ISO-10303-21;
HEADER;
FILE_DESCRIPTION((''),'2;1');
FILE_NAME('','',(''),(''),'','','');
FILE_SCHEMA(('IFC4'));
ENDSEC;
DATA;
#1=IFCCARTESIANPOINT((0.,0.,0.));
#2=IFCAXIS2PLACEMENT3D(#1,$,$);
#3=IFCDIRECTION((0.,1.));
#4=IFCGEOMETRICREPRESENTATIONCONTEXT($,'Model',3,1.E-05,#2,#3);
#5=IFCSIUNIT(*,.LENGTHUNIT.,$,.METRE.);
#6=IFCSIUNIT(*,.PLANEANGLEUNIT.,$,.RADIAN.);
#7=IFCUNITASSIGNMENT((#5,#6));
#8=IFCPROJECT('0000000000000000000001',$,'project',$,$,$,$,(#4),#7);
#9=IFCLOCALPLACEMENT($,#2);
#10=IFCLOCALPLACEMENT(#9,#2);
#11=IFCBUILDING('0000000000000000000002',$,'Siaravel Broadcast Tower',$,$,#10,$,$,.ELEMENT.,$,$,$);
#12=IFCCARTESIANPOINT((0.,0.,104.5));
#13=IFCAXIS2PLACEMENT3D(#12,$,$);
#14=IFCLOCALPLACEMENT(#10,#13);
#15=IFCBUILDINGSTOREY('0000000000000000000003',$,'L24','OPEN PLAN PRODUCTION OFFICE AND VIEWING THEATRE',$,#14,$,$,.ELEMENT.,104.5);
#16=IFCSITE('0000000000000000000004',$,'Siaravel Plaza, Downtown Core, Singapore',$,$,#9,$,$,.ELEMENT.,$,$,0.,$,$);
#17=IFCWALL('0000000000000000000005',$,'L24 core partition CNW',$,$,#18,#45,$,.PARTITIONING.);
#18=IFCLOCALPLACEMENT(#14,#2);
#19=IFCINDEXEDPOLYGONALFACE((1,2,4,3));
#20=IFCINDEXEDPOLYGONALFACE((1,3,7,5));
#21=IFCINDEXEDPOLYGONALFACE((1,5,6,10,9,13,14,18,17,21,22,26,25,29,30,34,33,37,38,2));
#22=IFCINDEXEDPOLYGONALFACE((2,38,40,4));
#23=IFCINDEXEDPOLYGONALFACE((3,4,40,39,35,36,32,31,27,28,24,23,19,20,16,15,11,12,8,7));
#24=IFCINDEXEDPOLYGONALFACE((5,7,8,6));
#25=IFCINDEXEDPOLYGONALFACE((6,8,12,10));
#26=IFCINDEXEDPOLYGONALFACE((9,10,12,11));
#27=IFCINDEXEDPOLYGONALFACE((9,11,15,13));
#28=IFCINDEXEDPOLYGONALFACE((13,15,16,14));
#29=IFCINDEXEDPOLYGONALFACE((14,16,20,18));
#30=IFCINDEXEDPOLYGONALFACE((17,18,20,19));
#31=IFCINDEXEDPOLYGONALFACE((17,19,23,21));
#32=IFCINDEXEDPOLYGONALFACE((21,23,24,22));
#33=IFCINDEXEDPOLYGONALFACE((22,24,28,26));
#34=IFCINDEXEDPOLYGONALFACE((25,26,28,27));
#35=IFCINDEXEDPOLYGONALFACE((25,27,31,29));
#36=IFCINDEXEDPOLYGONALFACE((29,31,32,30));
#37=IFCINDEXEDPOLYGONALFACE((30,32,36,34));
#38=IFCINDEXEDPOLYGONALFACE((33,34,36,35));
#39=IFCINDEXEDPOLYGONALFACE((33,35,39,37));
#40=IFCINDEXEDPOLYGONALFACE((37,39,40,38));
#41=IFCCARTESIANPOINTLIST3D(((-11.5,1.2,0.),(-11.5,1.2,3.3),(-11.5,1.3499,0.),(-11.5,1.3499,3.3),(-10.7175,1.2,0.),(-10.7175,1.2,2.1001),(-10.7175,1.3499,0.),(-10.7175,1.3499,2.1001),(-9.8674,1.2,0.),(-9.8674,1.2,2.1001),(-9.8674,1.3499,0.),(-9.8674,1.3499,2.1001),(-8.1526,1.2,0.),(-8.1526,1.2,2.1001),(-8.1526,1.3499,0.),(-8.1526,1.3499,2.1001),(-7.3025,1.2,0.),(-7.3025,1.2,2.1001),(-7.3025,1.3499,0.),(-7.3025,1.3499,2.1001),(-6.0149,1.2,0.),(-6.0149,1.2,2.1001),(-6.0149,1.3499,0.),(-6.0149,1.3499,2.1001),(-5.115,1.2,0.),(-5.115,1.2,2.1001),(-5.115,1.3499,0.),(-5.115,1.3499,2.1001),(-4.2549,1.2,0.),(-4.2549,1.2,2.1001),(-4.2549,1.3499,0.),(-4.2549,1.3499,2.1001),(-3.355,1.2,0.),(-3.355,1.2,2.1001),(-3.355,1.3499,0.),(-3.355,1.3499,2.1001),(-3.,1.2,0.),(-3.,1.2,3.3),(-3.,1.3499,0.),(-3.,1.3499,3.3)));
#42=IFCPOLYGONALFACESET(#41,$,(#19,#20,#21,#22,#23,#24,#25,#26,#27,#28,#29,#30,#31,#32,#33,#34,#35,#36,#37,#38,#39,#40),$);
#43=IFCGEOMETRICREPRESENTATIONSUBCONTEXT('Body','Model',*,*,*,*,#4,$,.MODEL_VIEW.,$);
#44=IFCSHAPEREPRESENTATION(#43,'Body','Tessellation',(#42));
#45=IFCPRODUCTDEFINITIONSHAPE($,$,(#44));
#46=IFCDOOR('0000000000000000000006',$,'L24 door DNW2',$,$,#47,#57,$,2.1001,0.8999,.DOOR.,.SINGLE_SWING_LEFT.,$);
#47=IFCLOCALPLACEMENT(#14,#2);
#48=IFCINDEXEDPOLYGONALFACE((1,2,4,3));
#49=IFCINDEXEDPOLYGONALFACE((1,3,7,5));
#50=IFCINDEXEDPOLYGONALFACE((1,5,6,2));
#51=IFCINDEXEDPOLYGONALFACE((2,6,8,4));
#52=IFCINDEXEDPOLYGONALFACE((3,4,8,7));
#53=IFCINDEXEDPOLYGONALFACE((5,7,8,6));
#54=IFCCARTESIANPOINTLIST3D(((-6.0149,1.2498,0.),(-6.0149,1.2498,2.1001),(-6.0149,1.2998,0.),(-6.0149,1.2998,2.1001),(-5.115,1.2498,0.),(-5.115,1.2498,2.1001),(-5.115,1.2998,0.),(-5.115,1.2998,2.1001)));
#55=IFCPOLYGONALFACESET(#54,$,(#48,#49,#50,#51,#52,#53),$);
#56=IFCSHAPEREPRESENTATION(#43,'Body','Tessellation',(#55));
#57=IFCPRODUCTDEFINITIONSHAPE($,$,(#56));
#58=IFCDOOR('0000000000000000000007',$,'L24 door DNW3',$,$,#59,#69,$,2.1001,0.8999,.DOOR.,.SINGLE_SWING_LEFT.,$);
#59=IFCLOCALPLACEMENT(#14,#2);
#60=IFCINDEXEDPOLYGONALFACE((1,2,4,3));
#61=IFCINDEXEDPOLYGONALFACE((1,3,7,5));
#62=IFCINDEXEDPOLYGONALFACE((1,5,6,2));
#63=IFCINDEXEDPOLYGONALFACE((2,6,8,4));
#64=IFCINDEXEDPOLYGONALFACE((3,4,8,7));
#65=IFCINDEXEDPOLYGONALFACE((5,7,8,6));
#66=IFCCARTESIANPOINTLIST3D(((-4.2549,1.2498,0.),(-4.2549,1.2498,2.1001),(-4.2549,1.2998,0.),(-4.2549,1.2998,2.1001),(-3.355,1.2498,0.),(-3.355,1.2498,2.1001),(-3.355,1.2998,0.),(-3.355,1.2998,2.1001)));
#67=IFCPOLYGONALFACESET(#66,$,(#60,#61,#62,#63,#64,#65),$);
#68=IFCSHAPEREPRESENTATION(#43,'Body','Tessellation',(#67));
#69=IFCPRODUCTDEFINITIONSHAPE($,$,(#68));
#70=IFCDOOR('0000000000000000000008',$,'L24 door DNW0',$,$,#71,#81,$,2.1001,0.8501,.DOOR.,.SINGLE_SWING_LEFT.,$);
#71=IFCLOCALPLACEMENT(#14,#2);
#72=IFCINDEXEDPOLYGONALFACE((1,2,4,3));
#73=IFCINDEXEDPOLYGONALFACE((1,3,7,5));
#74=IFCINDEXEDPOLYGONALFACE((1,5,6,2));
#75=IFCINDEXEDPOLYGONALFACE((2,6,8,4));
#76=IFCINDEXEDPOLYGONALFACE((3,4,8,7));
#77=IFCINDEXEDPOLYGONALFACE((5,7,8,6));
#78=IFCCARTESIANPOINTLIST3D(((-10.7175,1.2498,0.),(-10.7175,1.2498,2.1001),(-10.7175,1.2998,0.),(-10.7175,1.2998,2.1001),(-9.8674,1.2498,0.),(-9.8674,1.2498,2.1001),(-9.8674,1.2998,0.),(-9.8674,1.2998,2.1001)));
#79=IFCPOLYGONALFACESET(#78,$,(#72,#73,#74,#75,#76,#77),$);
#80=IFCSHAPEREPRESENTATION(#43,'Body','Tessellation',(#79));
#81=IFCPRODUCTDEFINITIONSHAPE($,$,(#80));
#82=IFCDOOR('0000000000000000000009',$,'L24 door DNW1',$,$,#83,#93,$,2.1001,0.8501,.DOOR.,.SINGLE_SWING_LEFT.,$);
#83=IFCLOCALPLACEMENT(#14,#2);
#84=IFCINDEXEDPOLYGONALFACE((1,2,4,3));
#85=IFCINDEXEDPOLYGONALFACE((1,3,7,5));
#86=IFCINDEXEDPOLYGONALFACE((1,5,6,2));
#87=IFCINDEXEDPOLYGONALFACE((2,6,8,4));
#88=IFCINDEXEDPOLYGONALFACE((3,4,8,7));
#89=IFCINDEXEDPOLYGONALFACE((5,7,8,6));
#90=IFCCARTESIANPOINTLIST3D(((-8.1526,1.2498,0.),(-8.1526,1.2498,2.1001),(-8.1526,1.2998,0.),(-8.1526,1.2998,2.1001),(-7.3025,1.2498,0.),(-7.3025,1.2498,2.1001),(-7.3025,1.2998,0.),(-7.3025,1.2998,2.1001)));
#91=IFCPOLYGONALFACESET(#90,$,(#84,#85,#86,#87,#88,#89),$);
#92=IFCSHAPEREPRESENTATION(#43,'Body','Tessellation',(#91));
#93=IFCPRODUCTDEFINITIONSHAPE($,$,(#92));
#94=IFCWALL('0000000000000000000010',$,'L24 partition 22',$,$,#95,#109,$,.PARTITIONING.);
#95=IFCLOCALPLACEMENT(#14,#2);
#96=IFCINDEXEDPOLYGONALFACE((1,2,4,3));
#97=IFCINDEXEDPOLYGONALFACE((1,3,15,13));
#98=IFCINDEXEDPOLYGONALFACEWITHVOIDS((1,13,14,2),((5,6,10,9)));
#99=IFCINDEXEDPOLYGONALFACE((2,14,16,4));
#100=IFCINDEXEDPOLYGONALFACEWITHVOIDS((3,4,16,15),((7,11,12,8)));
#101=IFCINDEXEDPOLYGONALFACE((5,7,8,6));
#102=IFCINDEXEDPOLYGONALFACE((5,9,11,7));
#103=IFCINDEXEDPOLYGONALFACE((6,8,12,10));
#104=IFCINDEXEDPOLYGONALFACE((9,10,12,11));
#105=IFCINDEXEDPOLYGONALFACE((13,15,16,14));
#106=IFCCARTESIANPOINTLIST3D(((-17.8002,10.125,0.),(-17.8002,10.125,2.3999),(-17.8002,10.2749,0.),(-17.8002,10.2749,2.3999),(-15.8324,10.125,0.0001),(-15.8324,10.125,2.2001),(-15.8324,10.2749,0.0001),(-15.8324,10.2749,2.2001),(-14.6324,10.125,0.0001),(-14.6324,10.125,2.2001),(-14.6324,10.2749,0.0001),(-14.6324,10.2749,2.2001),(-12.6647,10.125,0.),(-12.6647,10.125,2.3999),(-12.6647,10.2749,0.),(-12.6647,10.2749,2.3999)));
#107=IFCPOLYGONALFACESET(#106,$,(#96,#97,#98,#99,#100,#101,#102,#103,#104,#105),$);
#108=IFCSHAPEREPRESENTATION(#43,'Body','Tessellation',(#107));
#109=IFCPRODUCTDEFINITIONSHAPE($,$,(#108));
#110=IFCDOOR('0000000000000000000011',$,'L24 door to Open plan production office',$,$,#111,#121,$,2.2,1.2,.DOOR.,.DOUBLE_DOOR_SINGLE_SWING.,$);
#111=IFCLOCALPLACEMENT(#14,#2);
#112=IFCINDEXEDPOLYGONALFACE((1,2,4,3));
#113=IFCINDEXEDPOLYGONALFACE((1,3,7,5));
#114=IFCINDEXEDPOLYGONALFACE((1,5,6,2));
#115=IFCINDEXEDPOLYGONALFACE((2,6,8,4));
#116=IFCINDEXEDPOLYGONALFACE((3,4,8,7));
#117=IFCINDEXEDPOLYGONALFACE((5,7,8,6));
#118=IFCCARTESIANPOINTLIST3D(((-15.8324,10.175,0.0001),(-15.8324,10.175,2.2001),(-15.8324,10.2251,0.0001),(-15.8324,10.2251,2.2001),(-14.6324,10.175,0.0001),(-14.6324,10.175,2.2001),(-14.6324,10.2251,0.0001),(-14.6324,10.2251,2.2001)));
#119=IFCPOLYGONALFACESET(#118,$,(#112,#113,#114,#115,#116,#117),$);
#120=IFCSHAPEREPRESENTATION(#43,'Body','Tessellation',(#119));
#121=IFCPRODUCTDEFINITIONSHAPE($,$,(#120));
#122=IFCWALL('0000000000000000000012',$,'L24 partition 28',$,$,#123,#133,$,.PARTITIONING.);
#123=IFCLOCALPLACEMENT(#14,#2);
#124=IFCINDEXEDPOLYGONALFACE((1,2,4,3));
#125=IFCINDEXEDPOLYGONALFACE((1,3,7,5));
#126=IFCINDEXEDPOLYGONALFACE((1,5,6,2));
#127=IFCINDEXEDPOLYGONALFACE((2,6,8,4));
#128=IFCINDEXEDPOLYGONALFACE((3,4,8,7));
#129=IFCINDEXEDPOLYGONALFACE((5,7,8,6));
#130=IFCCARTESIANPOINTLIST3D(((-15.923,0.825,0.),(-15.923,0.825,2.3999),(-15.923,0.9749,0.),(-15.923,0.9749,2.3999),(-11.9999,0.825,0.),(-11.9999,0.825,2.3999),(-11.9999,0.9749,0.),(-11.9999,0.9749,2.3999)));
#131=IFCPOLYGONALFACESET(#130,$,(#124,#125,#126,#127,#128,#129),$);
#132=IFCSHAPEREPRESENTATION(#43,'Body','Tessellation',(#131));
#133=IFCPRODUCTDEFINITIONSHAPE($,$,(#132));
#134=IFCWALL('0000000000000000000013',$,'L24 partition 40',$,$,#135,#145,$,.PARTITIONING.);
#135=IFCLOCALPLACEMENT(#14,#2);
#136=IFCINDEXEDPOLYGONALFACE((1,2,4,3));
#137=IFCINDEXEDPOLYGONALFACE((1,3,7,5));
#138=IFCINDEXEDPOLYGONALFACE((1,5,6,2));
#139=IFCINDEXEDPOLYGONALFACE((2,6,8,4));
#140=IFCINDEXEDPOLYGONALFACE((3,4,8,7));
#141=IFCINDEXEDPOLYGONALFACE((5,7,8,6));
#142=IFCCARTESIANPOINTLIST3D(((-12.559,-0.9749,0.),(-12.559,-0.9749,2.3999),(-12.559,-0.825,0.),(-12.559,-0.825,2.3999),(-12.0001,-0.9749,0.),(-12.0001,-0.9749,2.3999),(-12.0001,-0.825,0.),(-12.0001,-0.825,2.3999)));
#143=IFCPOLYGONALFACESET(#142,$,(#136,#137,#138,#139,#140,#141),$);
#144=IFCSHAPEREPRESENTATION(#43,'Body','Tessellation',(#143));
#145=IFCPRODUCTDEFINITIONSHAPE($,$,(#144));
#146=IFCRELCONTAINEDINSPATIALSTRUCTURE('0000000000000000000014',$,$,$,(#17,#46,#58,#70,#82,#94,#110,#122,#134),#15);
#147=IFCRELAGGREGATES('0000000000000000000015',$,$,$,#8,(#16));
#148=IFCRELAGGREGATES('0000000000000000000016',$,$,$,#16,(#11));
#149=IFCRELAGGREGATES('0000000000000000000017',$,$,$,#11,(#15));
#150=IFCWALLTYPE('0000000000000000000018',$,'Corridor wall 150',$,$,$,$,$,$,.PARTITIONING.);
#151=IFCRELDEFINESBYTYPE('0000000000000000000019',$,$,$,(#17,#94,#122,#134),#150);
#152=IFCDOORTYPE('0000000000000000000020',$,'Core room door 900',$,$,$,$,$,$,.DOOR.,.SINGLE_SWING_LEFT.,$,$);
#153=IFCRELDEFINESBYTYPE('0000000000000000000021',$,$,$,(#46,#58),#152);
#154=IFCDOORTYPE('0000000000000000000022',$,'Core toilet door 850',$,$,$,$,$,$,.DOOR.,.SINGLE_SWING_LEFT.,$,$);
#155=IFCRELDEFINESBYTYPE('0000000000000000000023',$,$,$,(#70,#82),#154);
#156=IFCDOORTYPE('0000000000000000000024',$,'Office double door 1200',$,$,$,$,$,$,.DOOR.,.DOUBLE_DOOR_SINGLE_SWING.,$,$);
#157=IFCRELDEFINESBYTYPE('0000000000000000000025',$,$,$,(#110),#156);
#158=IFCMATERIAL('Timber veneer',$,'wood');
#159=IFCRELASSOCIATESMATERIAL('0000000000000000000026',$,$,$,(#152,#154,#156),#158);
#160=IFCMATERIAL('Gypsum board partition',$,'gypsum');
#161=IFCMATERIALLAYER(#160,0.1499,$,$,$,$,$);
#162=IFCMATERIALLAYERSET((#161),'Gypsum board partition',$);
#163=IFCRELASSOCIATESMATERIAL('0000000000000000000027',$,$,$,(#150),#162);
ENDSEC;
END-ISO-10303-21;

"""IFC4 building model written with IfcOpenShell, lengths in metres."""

from ifc_helpers import new_model, si_unit, direction, frame, frame_2d, origin, place, context, subcontext, project, spatial, rectangle, extrude, material, layer, layer_set, type_object, element, fill, save


model = new_model("IFC4")

# Units and contexts
model_context = context("Model", 3, precision=1e-05, world=origin(), true_north=direction((0.0, 1.0)))
body_context = subcontext(model_context, "Body", "Model", "MODEL_VIEW")
ifc_project = project(units=[si_unit("LENGTHUNIT", "METRE"), si_unit("PLANEANGLEUNIT", "RADIAN")], contexts=[model_context])

# Site, building, storey
site_placement = place(None, origin())
site = spatial("IfcSite", under=ifc_project, at=site_placement, Name="Siaravel Plaza, Downtown Core, Singapore", CompositionType="ELEMENT", RefElevation=0.0)
building_placement = place(site_placement, origin())
building = spatial("IfcBuilding", under=site, at=building_placement, Name="Siaravel Broadcast Tower", CompositionType="ELEMENT")
storey_placement = place(building_placement, frame((0.0, 0.0, 104.5)))
storey = spatial("IfcBuildingStorey", under=building, at=storey_placement, Name="L24", Description="OPEN PLAN PRODUCTION OFFICE AND VIEWING THEATRE", CompositionType="ELEMENT", Elevation=104.5)

# Wall, openings, doors
ifc_material_1 = material(Name="Timber veneer", Category="wood")
door_type_1 = type_object("IfcDoorType", Name="Core room door 900", OperationType="SINGLE_SWING_LEFT", PredefinedType="DOOR", material=ifc_material_1)
ifc_material_2 = material(Name="Gypsum board partition", Category="gypsum")
ifc_layer_1 = layer(ifc_material_2, 0.1499)
ifc_layer_set_1 = layer_set([ifc_layer_1], Name="Gypsum board partition")
wall_type_1 = type_object("IfcWallType", Name="Corridor wall 150", PredefinedType="PARTITIONING", material=ifc_layer_set_1)
wall_1_placement = place(storey_placement, frame((-11.5, 1.2749, 0.0), z_axis=(0.0, 0.0, 1.0), x_axis=(1.0, 0.0, 0.0)))
wall_1 = element("IfcWall", 1, at=wall_1_placement, inside=storey, type_object=wall_type_1, Name="L24 core partition CNW", PredefinedType="PARTITIONING", context=body_context, shape_type="SweptSolid", body=[
    extrude(rectangle(XDim=8.5, YDim=0.1499, at=frame_2d((4.25, 0.0))), origin(), (0.0, 0.0, 1.0), 3.3),
])
opening_1_placement = place(wall_1_placement, frame((0.7825, 0.0, 0.0)))
opening_1 = element("IfcOpeningElement", 2, at=opening_1_placement, cuts=wall_1, PredefinedType="OPENING", context=body_context, shape_type="SweptSolid", body=[
    extrude(rectangle(XDim=0.8501, YDim=2.1001, at=frame_2d((0.425, 1.05))), frame((0.0, 0.085, 0.0), z_axis=(0.0, -1.0, 0.0), x_axis=(1.0, 0.0, 0.0)), (0.0, 0.0, 1.0), 0.1699),
])
opening_2_placement = place(wall_1_placement, frame((3.3474, 0.0, 0.0)))
opening_2 = element("IfcOpeningElement", 3, at=opening_2_placement, cuts=wall_1, PredefinedType="OPENING", context=body_context, shape_type="SweptSolid", body=[
    extrude(rectangle(XDim=0.8501, YDim=2.1001, at=frame_2d((0.425, 1.05))), frame((0.0, 0.085, 0.0), z_axis=(0.0, -1.0, 0.0), x_axis=(1.0, 0.0, 0.0)), (0.0, 0.0, 1.0), 0.1699),
])
opening_3_placement = place(wall_1_placement, frame((5.4851, 0.0, 0.0)))
opening_3 = element("IfcOpeningElement", 4, at=opening_3_placement, cuts=wall_1, PredefinedType="OPENING", context=body_context, shape_type="SweptSolid", body=[
    extrude(rectangle(XDim=0.8999, YDim=2.1001, at=frame_2d((0.45, 1.05))), frame((0.0, 0.085, 0.0), z_axis=(0.0, -1.0, 0.0), x_axis=(1.0, 0.0, 0.0)), (0.0, 0.0, 1.0), 0.1699),
])
opening_4_placement = place(wall_1_placement, frame((7.2451, 0.0, 0.0)))
opening_4 = element("IfcOpeningElement", 5, at=opening_4_placement, cuts=wall_1, PredefinedType="OPENING", context=body_context, shape_type="SweptSolid", body=[
    extrude(rectangle(XDim=0.8999, YDim=2.1001, at=frame_2d((0.45, 1.05))), frame((0.0, 0.085, 0.0), z_axis=(0.0, -1.0, 0.0), x_axis=(1.0, 0.0, 0.0)), (0.0, 0.0, 1.0), 0.1699),
])
door_1_placement = place(opening_3_placement, origin())
door_1 = element("IfcDoor", 6, at=door_1_placement, inside=storey, type_object=door_type_1, Name="L24 door DNW2", OperationType="SINGLE_SWING_LEFT", OverallHeight=2.1001, OverallWidth=0.8999, PredefinedType="DOOR", context=body_context, shape_type="SweptSolid", body=[
    extrude(rectangle(XDim=0.8999, YDim=2.1001, at=frame_2d((0.45, 1.05))), frame((0.0, 0.0249, 0.0), z_axis=(0.0, -1.0, 0.0), x_axis=(1.0, 0.0, 0.0)), (0.0, 0.0, 1.0), 0.05),
])
fill(opening_3, door_1)
door_2_placement = place(opening_4_placement, origin())
door_2 = element("IfcDoor", 7, at=door_2_placement, inside=storey, type_object=door_type_1, Name="L24 door DNW3", OperationType="SINGLE_SWING_LEFT", OverallHeight=2.1001, OverallWidth=0.8999, PredefinedType="DOOR", context=body_context, shape_type="SweptSolid", body=[
    extrude(rectangle(XDim=0.8999, YDim=2.1001, at=frame_2d((0.45, 1.05))), frame((0.0, 0.0249, 0.0), z_axis=(0.0, -1.0, 0.0), x_axis=(1.0, 0.0, 0.0)), (0.0, 0.0, 1.0), 0.05),
])
fill(opening_4, door_2)
door_type_2 = type_object("IfcDoorType", Name="Core toilet door 850", OperationType="SINGLE_SWING_LEFT", PredefinedType="DOOR", material=ifc_material_1)
door_3_placement = place(opening_1_placement, origin())
door_3 = element("IfcDoor", 8, at=door_3_placement, inside=storey, type_object=door_type_2, Name="L24 door DNW0", OperationType="SINGLE_SWING_LEFT", OverallHeight=2.1001, OverallWidth=0.8501, PredefinedType="DOOR", context=body_context, shape_type="SweptSolid", body=[
    extrude(rectangle(XDim=0.8501, YDim=2.1001, at=frame_2d((0.425, 1.05))), frame((0.0, 0.0249, 0.0), z_axis=(0.0, -1.0, 0.0), x_axis=(1.0, 0.0, 0.0)), (0.0, 0.0, 1.0), 0.05),
])
fill(opening_1, door_3)
door_4_placement = place(opening_2_placement, origin())
door_4 = element("IfcDoor", 9, at=door_4_placement, inside=storey, type_object=door_type_2, Name="L24 door DNW1", OperationType="SINGLE_SWING_LEFT", OverallHeight=2.1001, OverallWidth=0.8501, PredefinedType="DOOR", context=body_context, shape_type="SweptSolid", body=[
    extrude(rectangle(XDim=0.8501, YDim=2.1001, at=frame_2d((0.425, 1.05))), frame((0.0, 0.0249, 0.0), z_axis=(0.0, -1.0, 0.0), x_axis=(1.0, 0.0, 0.0)), (0.0, 0.0, 1.0), 0.05),
])
fill(opening_2, door_4)

# Wall, opening, door
wall_2_placement = place(storey_placement, frame((-12.6646, 10.2, 0.0), z_axis=(0.0, 0.0, 1.0), x_axis=(-1.0, 0.0, 0.0)))
wall_2 = element("IfcWall", 10, at=wall_2_placement, inside=storey, type_object=wall_type_1, Name="L24 partition 22", PredefinedType="PARTITIONING", context=body_context, shape_type="SweptSolid", body=[
    extrude(rectangle(XDim=5.1355, YDim=0.1499, at=frame_2d((2.5679, 0.0))), origin(), (0.0, 0.0, 1.0), 2.3999),
])
opening_5_placement = place(wall_2_placement, frame((1.9678, 0.0, 0.0)))
opening_5 = element("IfcOpeningElement", 11, at=opening_5_placement, cuts=wall_2, PredefinedType="OPENING", context=body_context, shape_type="SweptSolid", body=[
    extrude(rectangle(XDim=1.2, YDim=2.2, at=frame_2d((0.6001, 1.1001))), frame((0.0, 0.085, 0.0), z_axis=(0.0, -1.0, 0.0), x_axis=(1.0, 0.0, 0.0)), (0.0, 0.0, 1.0), 0.1699),
])
door_type_3 = type_object("IfcDoorType", Name="Office double door 1200", OperationType="DOUBLE_DOOR_SINGLE_SWING", PredefinedType="DOOR", material=ifc_material_1)
door_5_placement = place(opening_5_placement, origin())
door_5 = element("IfcDoor", 12, at=door_5_placement, inside=storey, type_object=door_type_3, Name="L24 door to Open plan production office", OperationType="DOUBLE_DOOR_SINGLE_SWING", OverallHeight=2.2, OverallWidth=1.2, PredefinedType="DOOR", context=body_context, shape_type="SweptSolid", body=[
    extrude(rectangle(XDim=1.2, YDim=2.2, at=frame_2d((0.6001, 1.1001))), frame((0.0, 0.0249, 0.0), z_axis=(0.0, -1.0, 0.0), x_axis=(1.0, 0.0, 0.0)), (0.0, 0.0, 1.0), 0.05),
])
fill(opening_5, door_5)

# Walls
wall_3_placement = place(storey_placement, frame((-12.0, 0.8999, 0.0), z_axis=(0.0, 0.0, 1.0), x_axis=(-1.0, 0.0, 0.0)))
element("IfcWall", 13, at=wall_3_placement, inside=storey, type_object=wall_type_1, Name="L24 partition 28", PredefinedType="PARTITIONING", context=body_context, shape_type="SweptSolid", body=[
    extrude(rectangle(XDim=3.9231, YDim=0.1499, at=frame_2d((1.9614, 0.0))), origin(), (0.0, 0.0, 1.0), 2.3999),
])
wall_4_placement = place(storey_placement, frame((-12.5588, -0.8999, 0.0), z_axis=(0.0, 0.0, 1.0), x_axis=(1.0, 0.0, 0.0)))
element("IfcWall", 14, at=wall_4_placement, inside=storey, type_object=wall_type_1, Name="L24 partition 40", PredefinedType="PARTITIONING", context=body_context, shape_type="SweptSolid", body=[
    extrude(rectangle(XDim=0.5588, YDim=0.1499, at=frame_2d((0.2793, 0.0))), origin(), (0.0, 0.0, 1.0), 2.3999),
])

save(model, "model.ifc")
